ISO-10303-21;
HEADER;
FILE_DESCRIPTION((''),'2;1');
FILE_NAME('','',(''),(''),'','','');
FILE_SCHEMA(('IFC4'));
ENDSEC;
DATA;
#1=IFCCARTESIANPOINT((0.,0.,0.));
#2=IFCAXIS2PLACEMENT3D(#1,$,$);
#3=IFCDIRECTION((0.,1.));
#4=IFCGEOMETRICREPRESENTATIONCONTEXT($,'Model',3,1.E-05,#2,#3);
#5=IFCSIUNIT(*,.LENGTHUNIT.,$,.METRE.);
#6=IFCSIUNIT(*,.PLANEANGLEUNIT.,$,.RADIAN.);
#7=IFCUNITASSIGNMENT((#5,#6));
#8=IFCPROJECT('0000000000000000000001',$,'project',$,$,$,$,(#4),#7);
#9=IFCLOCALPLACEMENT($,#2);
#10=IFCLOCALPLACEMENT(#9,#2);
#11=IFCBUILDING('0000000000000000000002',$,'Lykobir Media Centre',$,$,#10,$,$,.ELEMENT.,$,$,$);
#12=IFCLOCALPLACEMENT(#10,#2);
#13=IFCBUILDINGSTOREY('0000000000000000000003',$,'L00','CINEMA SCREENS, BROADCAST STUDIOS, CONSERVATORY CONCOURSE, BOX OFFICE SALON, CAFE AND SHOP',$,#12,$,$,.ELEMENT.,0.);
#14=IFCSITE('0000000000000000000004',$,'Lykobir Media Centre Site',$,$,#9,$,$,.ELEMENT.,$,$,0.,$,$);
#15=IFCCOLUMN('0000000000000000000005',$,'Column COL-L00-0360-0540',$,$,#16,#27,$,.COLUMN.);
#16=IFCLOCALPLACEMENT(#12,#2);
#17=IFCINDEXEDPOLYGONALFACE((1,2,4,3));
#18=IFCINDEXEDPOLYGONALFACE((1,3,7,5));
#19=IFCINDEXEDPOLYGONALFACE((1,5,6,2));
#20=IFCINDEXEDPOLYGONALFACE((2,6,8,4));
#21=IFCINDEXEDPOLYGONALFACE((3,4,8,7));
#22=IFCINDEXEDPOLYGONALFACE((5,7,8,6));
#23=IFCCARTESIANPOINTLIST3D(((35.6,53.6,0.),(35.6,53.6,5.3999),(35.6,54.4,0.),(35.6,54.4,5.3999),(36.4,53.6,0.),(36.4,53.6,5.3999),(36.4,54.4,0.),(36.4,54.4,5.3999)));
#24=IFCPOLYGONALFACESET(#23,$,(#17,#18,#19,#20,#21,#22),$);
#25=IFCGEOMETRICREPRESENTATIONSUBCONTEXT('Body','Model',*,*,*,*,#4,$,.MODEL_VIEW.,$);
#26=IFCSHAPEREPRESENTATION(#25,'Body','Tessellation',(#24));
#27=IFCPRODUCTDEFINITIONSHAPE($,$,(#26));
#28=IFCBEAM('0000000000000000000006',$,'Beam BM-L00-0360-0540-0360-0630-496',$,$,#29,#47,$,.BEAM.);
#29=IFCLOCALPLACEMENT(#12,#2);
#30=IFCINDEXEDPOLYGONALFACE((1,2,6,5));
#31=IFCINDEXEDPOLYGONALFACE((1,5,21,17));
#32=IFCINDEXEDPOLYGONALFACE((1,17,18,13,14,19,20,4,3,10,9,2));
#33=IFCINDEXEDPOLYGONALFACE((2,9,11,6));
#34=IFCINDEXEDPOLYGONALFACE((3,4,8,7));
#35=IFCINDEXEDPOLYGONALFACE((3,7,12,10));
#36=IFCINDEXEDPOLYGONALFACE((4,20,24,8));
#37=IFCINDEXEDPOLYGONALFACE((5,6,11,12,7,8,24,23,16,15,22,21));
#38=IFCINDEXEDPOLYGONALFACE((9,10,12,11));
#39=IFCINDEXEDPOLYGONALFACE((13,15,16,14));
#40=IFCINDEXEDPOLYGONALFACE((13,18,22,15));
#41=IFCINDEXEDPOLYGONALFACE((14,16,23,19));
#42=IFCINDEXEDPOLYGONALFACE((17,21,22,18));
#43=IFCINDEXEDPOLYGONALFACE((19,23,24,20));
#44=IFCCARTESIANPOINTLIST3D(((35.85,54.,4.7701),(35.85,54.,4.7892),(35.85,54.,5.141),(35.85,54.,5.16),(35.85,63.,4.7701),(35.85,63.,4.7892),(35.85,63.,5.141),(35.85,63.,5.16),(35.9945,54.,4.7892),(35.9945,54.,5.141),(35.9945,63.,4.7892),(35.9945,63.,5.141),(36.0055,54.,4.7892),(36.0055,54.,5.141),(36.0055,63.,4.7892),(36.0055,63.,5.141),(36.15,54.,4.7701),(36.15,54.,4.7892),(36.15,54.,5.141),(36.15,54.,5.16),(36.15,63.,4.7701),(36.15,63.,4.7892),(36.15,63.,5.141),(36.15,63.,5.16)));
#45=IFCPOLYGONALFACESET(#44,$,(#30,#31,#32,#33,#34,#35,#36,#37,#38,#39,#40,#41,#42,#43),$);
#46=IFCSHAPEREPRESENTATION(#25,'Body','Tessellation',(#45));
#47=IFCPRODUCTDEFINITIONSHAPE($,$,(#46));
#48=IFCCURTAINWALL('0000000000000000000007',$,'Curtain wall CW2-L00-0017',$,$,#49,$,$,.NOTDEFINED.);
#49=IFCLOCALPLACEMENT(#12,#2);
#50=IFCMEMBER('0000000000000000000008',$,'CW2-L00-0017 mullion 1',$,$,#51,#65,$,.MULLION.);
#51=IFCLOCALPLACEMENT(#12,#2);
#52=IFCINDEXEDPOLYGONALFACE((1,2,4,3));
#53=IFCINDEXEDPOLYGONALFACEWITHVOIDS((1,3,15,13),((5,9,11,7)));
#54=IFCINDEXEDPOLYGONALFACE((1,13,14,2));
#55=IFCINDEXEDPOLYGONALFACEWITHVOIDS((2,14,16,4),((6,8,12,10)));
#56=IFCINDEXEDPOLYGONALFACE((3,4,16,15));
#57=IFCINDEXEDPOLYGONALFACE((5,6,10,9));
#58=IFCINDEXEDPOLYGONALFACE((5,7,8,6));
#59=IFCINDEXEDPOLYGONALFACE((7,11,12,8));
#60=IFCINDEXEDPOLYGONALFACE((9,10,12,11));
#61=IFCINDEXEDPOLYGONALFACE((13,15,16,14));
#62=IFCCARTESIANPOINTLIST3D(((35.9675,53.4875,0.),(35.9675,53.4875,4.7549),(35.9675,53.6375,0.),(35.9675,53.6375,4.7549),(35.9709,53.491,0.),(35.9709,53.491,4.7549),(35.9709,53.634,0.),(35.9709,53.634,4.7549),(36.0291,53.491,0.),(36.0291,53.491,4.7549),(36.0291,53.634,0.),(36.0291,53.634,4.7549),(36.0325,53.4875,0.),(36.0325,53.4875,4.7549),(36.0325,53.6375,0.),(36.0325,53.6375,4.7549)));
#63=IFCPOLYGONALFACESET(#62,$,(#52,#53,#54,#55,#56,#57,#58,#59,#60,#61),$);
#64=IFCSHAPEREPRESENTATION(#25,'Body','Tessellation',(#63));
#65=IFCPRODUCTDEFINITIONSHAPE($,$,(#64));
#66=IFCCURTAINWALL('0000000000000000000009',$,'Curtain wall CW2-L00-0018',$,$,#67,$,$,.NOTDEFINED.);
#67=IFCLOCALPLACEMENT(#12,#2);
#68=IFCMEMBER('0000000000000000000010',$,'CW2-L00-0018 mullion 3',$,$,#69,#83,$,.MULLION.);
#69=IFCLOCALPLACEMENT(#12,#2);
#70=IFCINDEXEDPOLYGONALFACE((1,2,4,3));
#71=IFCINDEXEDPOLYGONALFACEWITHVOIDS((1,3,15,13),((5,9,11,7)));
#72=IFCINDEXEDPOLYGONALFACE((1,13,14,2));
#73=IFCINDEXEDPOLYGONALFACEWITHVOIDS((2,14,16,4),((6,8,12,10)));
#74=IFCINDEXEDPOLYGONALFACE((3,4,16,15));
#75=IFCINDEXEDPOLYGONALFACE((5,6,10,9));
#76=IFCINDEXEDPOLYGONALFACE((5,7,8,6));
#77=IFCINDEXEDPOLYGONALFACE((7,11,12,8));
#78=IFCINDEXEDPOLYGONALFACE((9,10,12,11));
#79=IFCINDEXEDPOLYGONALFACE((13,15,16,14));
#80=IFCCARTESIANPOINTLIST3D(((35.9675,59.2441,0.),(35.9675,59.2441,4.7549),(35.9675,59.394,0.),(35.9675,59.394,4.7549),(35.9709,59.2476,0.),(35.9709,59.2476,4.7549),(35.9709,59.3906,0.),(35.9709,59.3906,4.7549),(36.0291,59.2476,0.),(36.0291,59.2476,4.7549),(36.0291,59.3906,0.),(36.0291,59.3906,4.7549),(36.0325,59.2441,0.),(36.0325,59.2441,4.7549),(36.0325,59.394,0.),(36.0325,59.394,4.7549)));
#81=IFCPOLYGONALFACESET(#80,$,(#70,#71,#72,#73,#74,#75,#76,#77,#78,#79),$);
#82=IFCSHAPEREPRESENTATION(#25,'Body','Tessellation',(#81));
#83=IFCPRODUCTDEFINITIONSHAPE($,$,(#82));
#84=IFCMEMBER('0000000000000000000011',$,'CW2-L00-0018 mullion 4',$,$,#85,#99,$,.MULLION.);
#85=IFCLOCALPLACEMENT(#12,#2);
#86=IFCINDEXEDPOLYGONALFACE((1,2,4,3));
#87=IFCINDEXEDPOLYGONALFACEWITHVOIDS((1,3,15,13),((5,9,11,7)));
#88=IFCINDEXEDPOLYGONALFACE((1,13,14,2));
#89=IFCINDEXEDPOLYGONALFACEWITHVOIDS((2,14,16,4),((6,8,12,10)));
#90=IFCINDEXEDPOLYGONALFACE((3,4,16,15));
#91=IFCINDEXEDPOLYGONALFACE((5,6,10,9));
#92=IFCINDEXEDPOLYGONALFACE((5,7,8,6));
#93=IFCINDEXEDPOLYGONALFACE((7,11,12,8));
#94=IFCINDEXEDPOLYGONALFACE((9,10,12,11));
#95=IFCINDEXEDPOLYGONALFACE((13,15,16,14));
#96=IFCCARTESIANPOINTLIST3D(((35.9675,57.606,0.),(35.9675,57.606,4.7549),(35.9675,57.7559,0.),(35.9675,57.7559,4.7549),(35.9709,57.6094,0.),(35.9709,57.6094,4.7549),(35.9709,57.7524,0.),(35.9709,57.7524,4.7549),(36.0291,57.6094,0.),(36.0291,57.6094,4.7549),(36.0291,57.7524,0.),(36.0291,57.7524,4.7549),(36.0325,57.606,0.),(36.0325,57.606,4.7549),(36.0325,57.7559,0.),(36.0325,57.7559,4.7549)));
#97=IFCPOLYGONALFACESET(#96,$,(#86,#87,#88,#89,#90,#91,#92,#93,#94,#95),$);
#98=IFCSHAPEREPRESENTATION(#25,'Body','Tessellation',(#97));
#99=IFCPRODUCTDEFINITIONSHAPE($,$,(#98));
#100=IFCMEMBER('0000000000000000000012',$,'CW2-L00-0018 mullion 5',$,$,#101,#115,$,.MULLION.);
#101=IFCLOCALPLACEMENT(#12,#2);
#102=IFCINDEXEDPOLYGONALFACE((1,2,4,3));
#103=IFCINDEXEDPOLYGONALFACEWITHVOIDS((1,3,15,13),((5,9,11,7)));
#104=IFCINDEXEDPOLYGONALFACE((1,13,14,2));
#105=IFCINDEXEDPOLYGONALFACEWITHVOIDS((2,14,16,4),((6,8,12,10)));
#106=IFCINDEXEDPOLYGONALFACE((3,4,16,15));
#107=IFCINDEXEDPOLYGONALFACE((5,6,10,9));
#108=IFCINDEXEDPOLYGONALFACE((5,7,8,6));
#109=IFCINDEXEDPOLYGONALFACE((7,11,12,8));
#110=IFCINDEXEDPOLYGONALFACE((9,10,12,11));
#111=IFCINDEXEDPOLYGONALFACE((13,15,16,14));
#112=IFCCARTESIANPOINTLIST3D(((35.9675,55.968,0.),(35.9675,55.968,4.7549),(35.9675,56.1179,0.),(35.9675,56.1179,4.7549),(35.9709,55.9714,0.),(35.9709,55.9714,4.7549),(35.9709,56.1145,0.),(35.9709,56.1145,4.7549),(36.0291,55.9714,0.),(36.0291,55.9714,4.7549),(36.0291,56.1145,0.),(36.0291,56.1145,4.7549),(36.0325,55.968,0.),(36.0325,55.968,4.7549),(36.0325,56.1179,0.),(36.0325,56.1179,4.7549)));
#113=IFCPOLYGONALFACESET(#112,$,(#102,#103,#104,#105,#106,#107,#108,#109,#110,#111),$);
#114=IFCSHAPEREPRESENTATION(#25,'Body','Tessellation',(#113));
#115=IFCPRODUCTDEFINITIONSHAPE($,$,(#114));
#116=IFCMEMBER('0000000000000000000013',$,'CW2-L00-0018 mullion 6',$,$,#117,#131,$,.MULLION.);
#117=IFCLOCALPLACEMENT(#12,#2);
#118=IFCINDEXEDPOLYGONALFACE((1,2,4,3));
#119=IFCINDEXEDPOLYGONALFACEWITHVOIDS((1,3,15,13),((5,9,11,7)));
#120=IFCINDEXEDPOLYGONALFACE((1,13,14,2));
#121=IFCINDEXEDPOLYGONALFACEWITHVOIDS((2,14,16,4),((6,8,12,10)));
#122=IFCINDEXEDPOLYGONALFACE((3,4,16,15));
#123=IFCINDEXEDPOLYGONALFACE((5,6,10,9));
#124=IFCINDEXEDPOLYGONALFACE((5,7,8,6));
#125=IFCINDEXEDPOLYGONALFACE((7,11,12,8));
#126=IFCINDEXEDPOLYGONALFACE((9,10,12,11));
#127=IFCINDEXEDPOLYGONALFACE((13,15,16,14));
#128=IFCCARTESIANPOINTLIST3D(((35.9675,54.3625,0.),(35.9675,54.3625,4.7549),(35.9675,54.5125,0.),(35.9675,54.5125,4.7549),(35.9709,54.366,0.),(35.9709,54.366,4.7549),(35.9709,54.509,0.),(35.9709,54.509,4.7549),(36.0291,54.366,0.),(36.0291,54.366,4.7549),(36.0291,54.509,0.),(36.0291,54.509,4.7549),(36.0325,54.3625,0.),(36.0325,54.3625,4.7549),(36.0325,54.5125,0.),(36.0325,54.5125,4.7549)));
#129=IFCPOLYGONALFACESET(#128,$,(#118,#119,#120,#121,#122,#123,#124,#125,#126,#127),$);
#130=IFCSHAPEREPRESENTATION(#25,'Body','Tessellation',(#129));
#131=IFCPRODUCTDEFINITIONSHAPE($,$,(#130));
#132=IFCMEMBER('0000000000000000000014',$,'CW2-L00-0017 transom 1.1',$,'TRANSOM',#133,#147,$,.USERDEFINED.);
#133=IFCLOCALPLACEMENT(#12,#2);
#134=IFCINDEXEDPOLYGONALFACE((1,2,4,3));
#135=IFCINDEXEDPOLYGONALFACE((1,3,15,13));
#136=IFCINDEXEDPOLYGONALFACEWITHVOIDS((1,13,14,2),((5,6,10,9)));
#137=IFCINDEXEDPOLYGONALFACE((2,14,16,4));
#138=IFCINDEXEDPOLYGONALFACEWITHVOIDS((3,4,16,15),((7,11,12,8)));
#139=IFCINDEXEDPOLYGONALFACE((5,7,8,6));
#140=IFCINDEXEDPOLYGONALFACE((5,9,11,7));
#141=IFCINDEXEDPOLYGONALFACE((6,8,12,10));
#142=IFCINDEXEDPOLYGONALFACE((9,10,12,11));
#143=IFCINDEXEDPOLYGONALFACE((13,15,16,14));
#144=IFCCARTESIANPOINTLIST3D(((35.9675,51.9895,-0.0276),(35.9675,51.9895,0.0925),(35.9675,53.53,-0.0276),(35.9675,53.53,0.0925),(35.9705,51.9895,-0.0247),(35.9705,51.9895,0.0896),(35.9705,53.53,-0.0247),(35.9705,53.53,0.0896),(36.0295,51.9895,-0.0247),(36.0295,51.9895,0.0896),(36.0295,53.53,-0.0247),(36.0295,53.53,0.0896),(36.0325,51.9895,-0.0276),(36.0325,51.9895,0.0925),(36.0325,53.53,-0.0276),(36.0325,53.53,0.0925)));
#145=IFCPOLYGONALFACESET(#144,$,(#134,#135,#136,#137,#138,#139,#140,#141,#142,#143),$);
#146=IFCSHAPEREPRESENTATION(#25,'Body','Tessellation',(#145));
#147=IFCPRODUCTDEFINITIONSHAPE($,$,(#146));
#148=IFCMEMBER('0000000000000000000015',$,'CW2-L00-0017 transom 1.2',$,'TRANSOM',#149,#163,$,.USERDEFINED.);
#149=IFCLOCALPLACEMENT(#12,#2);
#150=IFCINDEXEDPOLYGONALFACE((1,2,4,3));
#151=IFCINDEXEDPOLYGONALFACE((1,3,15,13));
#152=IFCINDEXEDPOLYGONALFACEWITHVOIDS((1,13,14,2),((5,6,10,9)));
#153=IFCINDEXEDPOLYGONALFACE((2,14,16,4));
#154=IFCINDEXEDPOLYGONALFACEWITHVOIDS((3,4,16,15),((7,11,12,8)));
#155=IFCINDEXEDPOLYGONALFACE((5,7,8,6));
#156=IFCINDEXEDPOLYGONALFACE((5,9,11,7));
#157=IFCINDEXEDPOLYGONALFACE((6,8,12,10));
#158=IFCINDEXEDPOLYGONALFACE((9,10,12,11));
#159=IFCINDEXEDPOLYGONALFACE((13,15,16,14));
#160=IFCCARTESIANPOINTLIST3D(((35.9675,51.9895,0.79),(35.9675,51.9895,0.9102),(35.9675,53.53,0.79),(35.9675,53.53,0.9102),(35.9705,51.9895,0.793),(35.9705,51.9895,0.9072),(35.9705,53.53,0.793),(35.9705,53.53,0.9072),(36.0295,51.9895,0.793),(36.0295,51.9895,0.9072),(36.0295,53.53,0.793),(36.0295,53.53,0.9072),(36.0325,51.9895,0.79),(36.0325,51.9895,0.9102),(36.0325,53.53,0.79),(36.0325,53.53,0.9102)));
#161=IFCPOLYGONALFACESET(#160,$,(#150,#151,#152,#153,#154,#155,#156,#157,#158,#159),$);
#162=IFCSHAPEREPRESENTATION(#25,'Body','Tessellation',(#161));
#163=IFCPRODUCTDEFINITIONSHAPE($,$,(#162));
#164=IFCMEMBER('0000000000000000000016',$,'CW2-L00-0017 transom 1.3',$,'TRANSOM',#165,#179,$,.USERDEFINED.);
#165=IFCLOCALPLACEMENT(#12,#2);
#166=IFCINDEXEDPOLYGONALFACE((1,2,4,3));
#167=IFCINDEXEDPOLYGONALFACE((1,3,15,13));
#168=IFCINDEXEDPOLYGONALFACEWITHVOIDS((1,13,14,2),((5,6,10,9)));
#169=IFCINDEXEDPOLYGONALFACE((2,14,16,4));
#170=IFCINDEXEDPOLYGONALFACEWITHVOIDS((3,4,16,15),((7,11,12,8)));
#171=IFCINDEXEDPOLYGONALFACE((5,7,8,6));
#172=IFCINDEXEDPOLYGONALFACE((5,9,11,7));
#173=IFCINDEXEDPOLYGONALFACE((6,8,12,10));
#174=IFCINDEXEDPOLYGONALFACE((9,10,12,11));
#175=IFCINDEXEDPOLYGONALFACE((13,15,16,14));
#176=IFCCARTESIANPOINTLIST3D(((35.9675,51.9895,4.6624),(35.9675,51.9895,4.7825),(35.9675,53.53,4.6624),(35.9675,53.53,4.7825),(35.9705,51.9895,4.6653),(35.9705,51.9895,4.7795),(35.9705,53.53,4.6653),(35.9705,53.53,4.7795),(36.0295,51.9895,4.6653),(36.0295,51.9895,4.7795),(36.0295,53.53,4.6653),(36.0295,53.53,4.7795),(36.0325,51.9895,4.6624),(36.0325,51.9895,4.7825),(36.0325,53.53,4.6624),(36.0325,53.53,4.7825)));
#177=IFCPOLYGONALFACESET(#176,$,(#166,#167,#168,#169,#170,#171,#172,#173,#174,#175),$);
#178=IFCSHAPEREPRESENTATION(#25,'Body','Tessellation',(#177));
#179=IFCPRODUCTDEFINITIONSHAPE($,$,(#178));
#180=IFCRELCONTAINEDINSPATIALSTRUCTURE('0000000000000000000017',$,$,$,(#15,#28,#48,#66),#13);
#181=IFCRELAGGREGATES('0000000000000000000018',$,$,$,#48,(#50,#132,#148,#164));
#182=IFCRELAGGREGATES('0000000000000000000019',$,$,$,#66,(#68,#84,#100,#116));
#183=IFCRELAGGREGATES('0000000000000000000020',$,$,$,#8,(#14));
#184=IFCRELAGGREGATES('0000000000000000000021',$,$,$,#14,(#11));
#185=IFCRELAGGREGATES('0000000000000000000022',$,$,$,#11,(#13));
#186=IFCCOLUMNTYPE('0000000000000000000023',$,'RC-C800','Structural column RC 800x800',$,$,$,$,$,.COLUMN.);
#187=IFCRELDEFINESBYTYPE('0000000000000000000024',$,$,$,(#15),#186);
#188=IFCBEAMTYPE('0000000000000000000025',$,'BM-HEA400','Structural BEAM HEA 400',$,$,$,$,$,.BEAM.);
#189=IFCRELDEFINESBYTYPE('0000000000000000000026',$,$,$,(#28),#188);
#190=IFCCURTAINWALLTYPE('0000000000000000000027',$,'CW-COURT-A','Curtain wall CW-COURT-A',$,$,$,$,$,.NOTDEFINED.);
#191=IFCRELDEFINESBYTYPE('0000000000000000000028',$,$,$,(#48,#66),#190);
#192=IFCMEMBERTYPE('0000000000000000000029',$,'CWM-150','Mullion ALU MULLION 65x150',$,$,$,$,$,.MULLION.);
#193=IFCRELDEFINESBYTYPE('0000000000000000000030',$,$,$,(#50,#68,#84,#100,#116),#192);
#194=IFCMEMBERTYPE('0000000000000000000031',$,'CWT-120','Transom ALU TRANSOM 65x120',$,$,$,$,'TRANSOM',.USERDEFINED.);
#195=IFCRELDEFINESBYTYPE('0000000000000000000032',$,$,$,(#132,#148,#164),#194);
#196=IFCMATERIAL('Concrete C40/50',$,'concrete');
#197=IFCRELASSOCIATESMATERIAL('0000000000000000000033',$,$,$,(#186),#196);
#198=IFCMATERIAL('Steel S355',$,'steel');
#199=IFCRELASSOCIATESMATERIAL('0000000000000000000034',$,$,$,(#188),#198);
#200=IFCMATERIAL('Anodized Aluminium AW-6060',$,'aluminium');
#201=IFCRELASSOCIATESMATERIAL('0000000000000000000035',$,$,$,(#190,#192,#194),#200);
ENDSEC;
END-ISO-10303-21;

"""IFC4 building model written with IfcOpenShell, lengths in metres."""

from ifc_helpers import new_model, si_unit, direction, frame, origin, origin_2d, place, context, subcontext, project, spatial, rectangle, hollow_rectangle, i_section, extrude, material, material_profile, profile_set, type_object, element, aggregate, save


model = new_model("IFC4")

# Units and contexts
model_context = context("Model", 3, precision=1e-05, world=origin(), true_north=direction((0.0, 1.0)))
body_context = subcontext(model_context, "Body", "Model", "MODEL_VIEW")
ifc_project = project(units=[si_unit("LENGTHUNIT", "METRE"), si_unit("PLANEANGLEUNIT", "RADIAN")], contexts=[model_context])

# Site, building, storey
site_placement = place(None, origin())
site = spatial("IfcSite", under=ifc_project, at=site_placement, Name="Lykobir Media Centre Site", CompositionType="ELEMENT", RefElevation=0.0)
building_placement = place(site_placement, origin())
building = spatial("IfcBuilding", under=site, at=building_placement, Name="Lykobir Media Centre", CompositionType="ELEMENT")
storey_placement = place(building_placement, origin())
storey = spatial("IfcBuildingStorey", under=building, at=storey_placement, Name="L00", Description="CINEMA SCREENS, BROADCAST STUDIOS, CONSERVATORY CONCOURSE, BOX OFFICE SALON, CAFE AND SHOP", CompositionType="ELEMENT", Elevation=0.0)

# Column
ifc_material_1 = material(Name="Concrete C40/50", Category="concrete")
ifc_material_profile_1 = material_profile(ifc_material_1, rectangle(XDim=0.8, YDim=0.8, at=origin_2d()), Name="RC 800x800")
ifc_profile_set_1 = profile_set([ifc_material_profile_1], Name="Concrete C40/50")
column_type = type_object("IfcColumnType", Name="RC-C800", Description="Structural column RC 800x800", PredefinedType="COLUMN", material=ifc_profile_set_1)
column_placement = place(storey_placement, frame((36.0, 54.0, 0.0), z_axis=(0.0, 0.0, 1.0), x_axis=(1.0, 0.0, 0.0)))
element("IfcColumn", 1, at=column_placement, inside=storey, type_object=column_type, Name="Column COL-L00-0360-0540", PredefinedType="COLUMN", context=body_context, shape_type="SweptSolid", body=[
    extrude(rectangle(XDim=0.8, YDim=0.8, at=origin_2d()), origin(), (0.0, 0.0, 1.0), 5.3999),
])

# Beam
ifc_material_2 = material(Name="Steel S355", Category="steel")
ifc_material_profile_2 = material_profile(ifc_material_2, i_section(OverallWidth=0.3, OverallDepth=0.3899, WebThickness=0.011, FlangeThickness=0.019, at=origin_2d()), Name="HEA 400")
ifc_profile_set_2 = profile_set([ifc_material_profile_2], Name="Steel S355")
beam_type = type_object("IfcBeamType", Name="BM-HEA400", Description="Structural BEAM HEA 400", PredefinedType="BEAM", material=ifc_profile_set_2)
beam_placement = place(storey_placement, frame((36.0, 54.0, 4.9651), z_axis=(0.0, 1.0, 0.0), x_axis=(-1.0, 0.0, 0.0)))
element("IfcBeam", 2, at=beam_placement, inside=storey, type_object=beam_type, Name="Beam BM-L00-0360-0540-0360-0630-496", PredefinedType="BEAM", context=body_context, shape_type="SweptSolid", body=[
    extrude(i_section(OverallWidth=0.3, OverallDepth=0.3899, WebThickness=0.011, FlangeThickness=0.019, at=origin_2d()), origin(), (0.0, 0.0, 1.0), 9.0),
])

# Curtain wall, member
ifc_material_3 = material(Name="Anodized Aluminium AW-6060", Category="aluminium")
curtain_wall_type = type_object("IfcCurtainWallType", Name="CW-COURT-A", Description="Curtain wall CW-COURT-A", PredefinedType="NOTDEFINED", material=ifc_material_3)
curtain_wall_1_placement = place(storey_placement, origin())
curtain_wall_1 = element("IfcCurtainWall", 3, at=curtain_wall_1_placement, inside=storey, type_object=curtain_wall_type, Name="Curtain wall CW2-L00-0017", PredefinedType="NOTDEFINED")
ifc_material_profile_3 = material_profile(ifc_material_3, hollow_rectangle(XDim=0.0649, YDim=0.1499, WallThickness=0.0034, at=origin_2d()), Name="ALU MULLION 65x150")
ifc_profile_set_3 = profile_set([ifc_material_profile_3], Name="Anodized Aluminium AW-6060")
member_type_1 = type_object("IfcMemberType", Name="CWM-150", Description="Mullion ALU MULLION 65x150", PredefinedType="MULLION", material=ifc_profile_set_3)
member_1_placement = place(storey_placement, frame((36.0, 53.5625, 0.0), z_axis=(0.0, 0.0, 1.0), x_axis=(1.0, 0.0, 0.0)))
member_1 = element("IfcMember", 4, at=member_1_placement, type_object=member_type_1, Name="CW2-L00-0017 mullion 1", PredefinedType="MULLION", context=body_context, shape_type="SweptSolid", body=[
    extrude(hollow_rectangle(XDim=0.0649, YDim=0.1499, WallThickness=0.0034, at=origin_2d()), origin(), (0.0, 0.0, 1.0), 4.7549),
])

# Curtain wall, members
curtain_wall_2_placement = place(storey_placement, origin())
curtain_wall_2 = element("IfcCurtainWall", 5, at=curtain_wall_2_placement, inside=storey, type_object=curtain_wall_type, Name="Curtain wall CW2-L00-0018", PredefinedType="NOTDEFINED")
member_2_placement = place(storey_placement, frame((36.0, 59.3191, 0.0), z_axis=(0.0, 0.0, 1.0), x_axis=(1.0, 0.0, 0.0)))
member_2 = element("IfcMember", 6, at=member_2_placement, type_object=member_type_1, Name="CW2-L00-0018 mullion 3", PredefinedType="MULLION", context=body_context, shape_type="SweptSolid", body=[
    extrude(hollow_rectangle(XDim=0.0649, YDim=0.1499, WallThickness=0.0034, at=origin_2d()), origin(), (0.0, 0.0, 1.0), 4.7549),
])
member_3_placement = place(storey_placement, frame((36.0, 57.6809, 0.0), z_axis=(0.0, 0.0, 1.0), x_axis=(1.0, 0.0, 0.0)))
member_3 = element("IfcMember", 7, at=member_3_placement, type_object=member_type_1, Name="CW2-L00-0018 mullion 4", PredefinedType="MULLION", context=body_context, shape_type="SweptSolid", body=[
    extrude(hollow_rectangle(XDim=0.0649, YDim=0.1499, WallThickness=0.0034, at=origin_2d()), origin(), (0.0, 0.0, 1.0), 4.7549),
])
member_4_placement = place(storey_placement, frame((36.0, 56.043, 0.0), z_axis=(0.0, 0.0, 1.0), x_axis=(1.0, 0.0, 0.0)))
member_4 = element("IfcMember", 8, at=member_4_placement, type_object=member_type_1, Name="CW2-L00-0018 mullion 5", PredefinedType="MULLION", context=body_context, shape_type="SweptSolid", body=[
    extrude(hollow_rectangle(XDim=0.0649, YDim=0.1499, WallThickness=0.0034, at=origin_2d()), origin(), (0.0, 0.0, 1.0), 4.7549),
])
member_5_placement = place(storey_placement, frame((36.0, 54.4375, 0.0), z_axis=(0.0, 0.0, 1.0), x_axis=(1.0, 0.0, 0.0)))
member_5 = element("IfcMember", 9, at=member_5_placement, type_object=member_type_1, Name="CW2-L00-0018 mullion 6", PredefinedType="MULLION", context=body_context, shape_type="SweptSolid", body=[
    extrude(hollow_rectangle(XDim=0.0649, YDim=0.1499, WallThickness=0.0034, at=origin_2d()), origin(), (0.0, 0.0, 1.0), 4.7549),
])

# Members
ifc_material_profile_4 = material_profile(ifc_material_3, hollow_rectangle(XDim=0.0649, YDim=0.1201, WallThickness=0.0029, at=origin_2d()), Name="ALU TRANSOM 65x120")
ifc_profile_set_4 = profile_set([ifc_material_profile_4], Name="Anodized Aluminium AW-6060")
member_type_2 = type_object("IfcMemberType", Name="CWT-120", Description="Transom ALU TRANSOM 65x120", ElementType="TRANSOM", PredefinedType="USERDEFINED", material=ifc_profile_set_4)
member_6_placement = place(storey_placement, frame((36.0, 53.53, 0.0325), z_axis=(0.0, -1.0, 0.0), x_axis=(1.0, 0.0, 0.0)))
member_6 = element("IfcMember", 10, at=member_6_placement, type_object=member_type_2, Name="CW2-L00-0017 transom 1.1", ObjectType="TRANSOM", PredefinedType="USERDEFINED", context=body_context, shape_type="SweptSolid", body=[
    extrude(hollow_rectangle(XDim=0.0649, YDim=0.1201, WallThickness=0.0029, at=origin_2d()), origin(), (0.0, 0.0, 1.0), 1.5405),
])
member_7_placement = place(storey_placement, frame((36.0, 53.53, 0.8501), z_axis=(0.0, -1.0, 0.0), x_axis=(1.0, 0.0, 0.0)))
member_7 = element("IfcMember", 11, at=member_7_placement, type_object=member_type_2, Name="CW2-L00-0017 transom 1.2", ObjectType="TRANSOM", PredefinedType="USERDEFINED", context=body_context, shape_type="SweptSolid", body=[
    extrude(hollow_rectangle(XDim=0.0649, YDim=0.1201, WallThickness=0.0029, at=origin_2d()), origin(), (0.0, 0.0, 1.0), 1.5405),
])
member_8_placement = place(storey_placement, frame((36.0, 53.53, 4.7224), z_axis=(0.0, -1.0, 0.0), x_axis=(1.0, 0.0, 0.0)))
member_8 = element("IfcMember", 12, at=member_8_placement, type_object=member_type_2, Name="CW2-L00-0017 transom 1.3", ObjectType="TRANSOM", PredefinedType="USERDEFINED", context=body_context, shape_type="SweptSolid", body=[
    extrude(hollow_rectangle(XDim=0.0649, YDim=0.1201, WallThickness=0.0029, at=origin_2d()), origin(), (0.0, 0.0, 1.0), 1.5405),
])

aggregate(curtain_wall_1, [member_1, member_6, member_7, member_8])
aggregate(curtain_wall_2, [member_2, member_3, member_4, member_5])

save(model, "model.ifc")
